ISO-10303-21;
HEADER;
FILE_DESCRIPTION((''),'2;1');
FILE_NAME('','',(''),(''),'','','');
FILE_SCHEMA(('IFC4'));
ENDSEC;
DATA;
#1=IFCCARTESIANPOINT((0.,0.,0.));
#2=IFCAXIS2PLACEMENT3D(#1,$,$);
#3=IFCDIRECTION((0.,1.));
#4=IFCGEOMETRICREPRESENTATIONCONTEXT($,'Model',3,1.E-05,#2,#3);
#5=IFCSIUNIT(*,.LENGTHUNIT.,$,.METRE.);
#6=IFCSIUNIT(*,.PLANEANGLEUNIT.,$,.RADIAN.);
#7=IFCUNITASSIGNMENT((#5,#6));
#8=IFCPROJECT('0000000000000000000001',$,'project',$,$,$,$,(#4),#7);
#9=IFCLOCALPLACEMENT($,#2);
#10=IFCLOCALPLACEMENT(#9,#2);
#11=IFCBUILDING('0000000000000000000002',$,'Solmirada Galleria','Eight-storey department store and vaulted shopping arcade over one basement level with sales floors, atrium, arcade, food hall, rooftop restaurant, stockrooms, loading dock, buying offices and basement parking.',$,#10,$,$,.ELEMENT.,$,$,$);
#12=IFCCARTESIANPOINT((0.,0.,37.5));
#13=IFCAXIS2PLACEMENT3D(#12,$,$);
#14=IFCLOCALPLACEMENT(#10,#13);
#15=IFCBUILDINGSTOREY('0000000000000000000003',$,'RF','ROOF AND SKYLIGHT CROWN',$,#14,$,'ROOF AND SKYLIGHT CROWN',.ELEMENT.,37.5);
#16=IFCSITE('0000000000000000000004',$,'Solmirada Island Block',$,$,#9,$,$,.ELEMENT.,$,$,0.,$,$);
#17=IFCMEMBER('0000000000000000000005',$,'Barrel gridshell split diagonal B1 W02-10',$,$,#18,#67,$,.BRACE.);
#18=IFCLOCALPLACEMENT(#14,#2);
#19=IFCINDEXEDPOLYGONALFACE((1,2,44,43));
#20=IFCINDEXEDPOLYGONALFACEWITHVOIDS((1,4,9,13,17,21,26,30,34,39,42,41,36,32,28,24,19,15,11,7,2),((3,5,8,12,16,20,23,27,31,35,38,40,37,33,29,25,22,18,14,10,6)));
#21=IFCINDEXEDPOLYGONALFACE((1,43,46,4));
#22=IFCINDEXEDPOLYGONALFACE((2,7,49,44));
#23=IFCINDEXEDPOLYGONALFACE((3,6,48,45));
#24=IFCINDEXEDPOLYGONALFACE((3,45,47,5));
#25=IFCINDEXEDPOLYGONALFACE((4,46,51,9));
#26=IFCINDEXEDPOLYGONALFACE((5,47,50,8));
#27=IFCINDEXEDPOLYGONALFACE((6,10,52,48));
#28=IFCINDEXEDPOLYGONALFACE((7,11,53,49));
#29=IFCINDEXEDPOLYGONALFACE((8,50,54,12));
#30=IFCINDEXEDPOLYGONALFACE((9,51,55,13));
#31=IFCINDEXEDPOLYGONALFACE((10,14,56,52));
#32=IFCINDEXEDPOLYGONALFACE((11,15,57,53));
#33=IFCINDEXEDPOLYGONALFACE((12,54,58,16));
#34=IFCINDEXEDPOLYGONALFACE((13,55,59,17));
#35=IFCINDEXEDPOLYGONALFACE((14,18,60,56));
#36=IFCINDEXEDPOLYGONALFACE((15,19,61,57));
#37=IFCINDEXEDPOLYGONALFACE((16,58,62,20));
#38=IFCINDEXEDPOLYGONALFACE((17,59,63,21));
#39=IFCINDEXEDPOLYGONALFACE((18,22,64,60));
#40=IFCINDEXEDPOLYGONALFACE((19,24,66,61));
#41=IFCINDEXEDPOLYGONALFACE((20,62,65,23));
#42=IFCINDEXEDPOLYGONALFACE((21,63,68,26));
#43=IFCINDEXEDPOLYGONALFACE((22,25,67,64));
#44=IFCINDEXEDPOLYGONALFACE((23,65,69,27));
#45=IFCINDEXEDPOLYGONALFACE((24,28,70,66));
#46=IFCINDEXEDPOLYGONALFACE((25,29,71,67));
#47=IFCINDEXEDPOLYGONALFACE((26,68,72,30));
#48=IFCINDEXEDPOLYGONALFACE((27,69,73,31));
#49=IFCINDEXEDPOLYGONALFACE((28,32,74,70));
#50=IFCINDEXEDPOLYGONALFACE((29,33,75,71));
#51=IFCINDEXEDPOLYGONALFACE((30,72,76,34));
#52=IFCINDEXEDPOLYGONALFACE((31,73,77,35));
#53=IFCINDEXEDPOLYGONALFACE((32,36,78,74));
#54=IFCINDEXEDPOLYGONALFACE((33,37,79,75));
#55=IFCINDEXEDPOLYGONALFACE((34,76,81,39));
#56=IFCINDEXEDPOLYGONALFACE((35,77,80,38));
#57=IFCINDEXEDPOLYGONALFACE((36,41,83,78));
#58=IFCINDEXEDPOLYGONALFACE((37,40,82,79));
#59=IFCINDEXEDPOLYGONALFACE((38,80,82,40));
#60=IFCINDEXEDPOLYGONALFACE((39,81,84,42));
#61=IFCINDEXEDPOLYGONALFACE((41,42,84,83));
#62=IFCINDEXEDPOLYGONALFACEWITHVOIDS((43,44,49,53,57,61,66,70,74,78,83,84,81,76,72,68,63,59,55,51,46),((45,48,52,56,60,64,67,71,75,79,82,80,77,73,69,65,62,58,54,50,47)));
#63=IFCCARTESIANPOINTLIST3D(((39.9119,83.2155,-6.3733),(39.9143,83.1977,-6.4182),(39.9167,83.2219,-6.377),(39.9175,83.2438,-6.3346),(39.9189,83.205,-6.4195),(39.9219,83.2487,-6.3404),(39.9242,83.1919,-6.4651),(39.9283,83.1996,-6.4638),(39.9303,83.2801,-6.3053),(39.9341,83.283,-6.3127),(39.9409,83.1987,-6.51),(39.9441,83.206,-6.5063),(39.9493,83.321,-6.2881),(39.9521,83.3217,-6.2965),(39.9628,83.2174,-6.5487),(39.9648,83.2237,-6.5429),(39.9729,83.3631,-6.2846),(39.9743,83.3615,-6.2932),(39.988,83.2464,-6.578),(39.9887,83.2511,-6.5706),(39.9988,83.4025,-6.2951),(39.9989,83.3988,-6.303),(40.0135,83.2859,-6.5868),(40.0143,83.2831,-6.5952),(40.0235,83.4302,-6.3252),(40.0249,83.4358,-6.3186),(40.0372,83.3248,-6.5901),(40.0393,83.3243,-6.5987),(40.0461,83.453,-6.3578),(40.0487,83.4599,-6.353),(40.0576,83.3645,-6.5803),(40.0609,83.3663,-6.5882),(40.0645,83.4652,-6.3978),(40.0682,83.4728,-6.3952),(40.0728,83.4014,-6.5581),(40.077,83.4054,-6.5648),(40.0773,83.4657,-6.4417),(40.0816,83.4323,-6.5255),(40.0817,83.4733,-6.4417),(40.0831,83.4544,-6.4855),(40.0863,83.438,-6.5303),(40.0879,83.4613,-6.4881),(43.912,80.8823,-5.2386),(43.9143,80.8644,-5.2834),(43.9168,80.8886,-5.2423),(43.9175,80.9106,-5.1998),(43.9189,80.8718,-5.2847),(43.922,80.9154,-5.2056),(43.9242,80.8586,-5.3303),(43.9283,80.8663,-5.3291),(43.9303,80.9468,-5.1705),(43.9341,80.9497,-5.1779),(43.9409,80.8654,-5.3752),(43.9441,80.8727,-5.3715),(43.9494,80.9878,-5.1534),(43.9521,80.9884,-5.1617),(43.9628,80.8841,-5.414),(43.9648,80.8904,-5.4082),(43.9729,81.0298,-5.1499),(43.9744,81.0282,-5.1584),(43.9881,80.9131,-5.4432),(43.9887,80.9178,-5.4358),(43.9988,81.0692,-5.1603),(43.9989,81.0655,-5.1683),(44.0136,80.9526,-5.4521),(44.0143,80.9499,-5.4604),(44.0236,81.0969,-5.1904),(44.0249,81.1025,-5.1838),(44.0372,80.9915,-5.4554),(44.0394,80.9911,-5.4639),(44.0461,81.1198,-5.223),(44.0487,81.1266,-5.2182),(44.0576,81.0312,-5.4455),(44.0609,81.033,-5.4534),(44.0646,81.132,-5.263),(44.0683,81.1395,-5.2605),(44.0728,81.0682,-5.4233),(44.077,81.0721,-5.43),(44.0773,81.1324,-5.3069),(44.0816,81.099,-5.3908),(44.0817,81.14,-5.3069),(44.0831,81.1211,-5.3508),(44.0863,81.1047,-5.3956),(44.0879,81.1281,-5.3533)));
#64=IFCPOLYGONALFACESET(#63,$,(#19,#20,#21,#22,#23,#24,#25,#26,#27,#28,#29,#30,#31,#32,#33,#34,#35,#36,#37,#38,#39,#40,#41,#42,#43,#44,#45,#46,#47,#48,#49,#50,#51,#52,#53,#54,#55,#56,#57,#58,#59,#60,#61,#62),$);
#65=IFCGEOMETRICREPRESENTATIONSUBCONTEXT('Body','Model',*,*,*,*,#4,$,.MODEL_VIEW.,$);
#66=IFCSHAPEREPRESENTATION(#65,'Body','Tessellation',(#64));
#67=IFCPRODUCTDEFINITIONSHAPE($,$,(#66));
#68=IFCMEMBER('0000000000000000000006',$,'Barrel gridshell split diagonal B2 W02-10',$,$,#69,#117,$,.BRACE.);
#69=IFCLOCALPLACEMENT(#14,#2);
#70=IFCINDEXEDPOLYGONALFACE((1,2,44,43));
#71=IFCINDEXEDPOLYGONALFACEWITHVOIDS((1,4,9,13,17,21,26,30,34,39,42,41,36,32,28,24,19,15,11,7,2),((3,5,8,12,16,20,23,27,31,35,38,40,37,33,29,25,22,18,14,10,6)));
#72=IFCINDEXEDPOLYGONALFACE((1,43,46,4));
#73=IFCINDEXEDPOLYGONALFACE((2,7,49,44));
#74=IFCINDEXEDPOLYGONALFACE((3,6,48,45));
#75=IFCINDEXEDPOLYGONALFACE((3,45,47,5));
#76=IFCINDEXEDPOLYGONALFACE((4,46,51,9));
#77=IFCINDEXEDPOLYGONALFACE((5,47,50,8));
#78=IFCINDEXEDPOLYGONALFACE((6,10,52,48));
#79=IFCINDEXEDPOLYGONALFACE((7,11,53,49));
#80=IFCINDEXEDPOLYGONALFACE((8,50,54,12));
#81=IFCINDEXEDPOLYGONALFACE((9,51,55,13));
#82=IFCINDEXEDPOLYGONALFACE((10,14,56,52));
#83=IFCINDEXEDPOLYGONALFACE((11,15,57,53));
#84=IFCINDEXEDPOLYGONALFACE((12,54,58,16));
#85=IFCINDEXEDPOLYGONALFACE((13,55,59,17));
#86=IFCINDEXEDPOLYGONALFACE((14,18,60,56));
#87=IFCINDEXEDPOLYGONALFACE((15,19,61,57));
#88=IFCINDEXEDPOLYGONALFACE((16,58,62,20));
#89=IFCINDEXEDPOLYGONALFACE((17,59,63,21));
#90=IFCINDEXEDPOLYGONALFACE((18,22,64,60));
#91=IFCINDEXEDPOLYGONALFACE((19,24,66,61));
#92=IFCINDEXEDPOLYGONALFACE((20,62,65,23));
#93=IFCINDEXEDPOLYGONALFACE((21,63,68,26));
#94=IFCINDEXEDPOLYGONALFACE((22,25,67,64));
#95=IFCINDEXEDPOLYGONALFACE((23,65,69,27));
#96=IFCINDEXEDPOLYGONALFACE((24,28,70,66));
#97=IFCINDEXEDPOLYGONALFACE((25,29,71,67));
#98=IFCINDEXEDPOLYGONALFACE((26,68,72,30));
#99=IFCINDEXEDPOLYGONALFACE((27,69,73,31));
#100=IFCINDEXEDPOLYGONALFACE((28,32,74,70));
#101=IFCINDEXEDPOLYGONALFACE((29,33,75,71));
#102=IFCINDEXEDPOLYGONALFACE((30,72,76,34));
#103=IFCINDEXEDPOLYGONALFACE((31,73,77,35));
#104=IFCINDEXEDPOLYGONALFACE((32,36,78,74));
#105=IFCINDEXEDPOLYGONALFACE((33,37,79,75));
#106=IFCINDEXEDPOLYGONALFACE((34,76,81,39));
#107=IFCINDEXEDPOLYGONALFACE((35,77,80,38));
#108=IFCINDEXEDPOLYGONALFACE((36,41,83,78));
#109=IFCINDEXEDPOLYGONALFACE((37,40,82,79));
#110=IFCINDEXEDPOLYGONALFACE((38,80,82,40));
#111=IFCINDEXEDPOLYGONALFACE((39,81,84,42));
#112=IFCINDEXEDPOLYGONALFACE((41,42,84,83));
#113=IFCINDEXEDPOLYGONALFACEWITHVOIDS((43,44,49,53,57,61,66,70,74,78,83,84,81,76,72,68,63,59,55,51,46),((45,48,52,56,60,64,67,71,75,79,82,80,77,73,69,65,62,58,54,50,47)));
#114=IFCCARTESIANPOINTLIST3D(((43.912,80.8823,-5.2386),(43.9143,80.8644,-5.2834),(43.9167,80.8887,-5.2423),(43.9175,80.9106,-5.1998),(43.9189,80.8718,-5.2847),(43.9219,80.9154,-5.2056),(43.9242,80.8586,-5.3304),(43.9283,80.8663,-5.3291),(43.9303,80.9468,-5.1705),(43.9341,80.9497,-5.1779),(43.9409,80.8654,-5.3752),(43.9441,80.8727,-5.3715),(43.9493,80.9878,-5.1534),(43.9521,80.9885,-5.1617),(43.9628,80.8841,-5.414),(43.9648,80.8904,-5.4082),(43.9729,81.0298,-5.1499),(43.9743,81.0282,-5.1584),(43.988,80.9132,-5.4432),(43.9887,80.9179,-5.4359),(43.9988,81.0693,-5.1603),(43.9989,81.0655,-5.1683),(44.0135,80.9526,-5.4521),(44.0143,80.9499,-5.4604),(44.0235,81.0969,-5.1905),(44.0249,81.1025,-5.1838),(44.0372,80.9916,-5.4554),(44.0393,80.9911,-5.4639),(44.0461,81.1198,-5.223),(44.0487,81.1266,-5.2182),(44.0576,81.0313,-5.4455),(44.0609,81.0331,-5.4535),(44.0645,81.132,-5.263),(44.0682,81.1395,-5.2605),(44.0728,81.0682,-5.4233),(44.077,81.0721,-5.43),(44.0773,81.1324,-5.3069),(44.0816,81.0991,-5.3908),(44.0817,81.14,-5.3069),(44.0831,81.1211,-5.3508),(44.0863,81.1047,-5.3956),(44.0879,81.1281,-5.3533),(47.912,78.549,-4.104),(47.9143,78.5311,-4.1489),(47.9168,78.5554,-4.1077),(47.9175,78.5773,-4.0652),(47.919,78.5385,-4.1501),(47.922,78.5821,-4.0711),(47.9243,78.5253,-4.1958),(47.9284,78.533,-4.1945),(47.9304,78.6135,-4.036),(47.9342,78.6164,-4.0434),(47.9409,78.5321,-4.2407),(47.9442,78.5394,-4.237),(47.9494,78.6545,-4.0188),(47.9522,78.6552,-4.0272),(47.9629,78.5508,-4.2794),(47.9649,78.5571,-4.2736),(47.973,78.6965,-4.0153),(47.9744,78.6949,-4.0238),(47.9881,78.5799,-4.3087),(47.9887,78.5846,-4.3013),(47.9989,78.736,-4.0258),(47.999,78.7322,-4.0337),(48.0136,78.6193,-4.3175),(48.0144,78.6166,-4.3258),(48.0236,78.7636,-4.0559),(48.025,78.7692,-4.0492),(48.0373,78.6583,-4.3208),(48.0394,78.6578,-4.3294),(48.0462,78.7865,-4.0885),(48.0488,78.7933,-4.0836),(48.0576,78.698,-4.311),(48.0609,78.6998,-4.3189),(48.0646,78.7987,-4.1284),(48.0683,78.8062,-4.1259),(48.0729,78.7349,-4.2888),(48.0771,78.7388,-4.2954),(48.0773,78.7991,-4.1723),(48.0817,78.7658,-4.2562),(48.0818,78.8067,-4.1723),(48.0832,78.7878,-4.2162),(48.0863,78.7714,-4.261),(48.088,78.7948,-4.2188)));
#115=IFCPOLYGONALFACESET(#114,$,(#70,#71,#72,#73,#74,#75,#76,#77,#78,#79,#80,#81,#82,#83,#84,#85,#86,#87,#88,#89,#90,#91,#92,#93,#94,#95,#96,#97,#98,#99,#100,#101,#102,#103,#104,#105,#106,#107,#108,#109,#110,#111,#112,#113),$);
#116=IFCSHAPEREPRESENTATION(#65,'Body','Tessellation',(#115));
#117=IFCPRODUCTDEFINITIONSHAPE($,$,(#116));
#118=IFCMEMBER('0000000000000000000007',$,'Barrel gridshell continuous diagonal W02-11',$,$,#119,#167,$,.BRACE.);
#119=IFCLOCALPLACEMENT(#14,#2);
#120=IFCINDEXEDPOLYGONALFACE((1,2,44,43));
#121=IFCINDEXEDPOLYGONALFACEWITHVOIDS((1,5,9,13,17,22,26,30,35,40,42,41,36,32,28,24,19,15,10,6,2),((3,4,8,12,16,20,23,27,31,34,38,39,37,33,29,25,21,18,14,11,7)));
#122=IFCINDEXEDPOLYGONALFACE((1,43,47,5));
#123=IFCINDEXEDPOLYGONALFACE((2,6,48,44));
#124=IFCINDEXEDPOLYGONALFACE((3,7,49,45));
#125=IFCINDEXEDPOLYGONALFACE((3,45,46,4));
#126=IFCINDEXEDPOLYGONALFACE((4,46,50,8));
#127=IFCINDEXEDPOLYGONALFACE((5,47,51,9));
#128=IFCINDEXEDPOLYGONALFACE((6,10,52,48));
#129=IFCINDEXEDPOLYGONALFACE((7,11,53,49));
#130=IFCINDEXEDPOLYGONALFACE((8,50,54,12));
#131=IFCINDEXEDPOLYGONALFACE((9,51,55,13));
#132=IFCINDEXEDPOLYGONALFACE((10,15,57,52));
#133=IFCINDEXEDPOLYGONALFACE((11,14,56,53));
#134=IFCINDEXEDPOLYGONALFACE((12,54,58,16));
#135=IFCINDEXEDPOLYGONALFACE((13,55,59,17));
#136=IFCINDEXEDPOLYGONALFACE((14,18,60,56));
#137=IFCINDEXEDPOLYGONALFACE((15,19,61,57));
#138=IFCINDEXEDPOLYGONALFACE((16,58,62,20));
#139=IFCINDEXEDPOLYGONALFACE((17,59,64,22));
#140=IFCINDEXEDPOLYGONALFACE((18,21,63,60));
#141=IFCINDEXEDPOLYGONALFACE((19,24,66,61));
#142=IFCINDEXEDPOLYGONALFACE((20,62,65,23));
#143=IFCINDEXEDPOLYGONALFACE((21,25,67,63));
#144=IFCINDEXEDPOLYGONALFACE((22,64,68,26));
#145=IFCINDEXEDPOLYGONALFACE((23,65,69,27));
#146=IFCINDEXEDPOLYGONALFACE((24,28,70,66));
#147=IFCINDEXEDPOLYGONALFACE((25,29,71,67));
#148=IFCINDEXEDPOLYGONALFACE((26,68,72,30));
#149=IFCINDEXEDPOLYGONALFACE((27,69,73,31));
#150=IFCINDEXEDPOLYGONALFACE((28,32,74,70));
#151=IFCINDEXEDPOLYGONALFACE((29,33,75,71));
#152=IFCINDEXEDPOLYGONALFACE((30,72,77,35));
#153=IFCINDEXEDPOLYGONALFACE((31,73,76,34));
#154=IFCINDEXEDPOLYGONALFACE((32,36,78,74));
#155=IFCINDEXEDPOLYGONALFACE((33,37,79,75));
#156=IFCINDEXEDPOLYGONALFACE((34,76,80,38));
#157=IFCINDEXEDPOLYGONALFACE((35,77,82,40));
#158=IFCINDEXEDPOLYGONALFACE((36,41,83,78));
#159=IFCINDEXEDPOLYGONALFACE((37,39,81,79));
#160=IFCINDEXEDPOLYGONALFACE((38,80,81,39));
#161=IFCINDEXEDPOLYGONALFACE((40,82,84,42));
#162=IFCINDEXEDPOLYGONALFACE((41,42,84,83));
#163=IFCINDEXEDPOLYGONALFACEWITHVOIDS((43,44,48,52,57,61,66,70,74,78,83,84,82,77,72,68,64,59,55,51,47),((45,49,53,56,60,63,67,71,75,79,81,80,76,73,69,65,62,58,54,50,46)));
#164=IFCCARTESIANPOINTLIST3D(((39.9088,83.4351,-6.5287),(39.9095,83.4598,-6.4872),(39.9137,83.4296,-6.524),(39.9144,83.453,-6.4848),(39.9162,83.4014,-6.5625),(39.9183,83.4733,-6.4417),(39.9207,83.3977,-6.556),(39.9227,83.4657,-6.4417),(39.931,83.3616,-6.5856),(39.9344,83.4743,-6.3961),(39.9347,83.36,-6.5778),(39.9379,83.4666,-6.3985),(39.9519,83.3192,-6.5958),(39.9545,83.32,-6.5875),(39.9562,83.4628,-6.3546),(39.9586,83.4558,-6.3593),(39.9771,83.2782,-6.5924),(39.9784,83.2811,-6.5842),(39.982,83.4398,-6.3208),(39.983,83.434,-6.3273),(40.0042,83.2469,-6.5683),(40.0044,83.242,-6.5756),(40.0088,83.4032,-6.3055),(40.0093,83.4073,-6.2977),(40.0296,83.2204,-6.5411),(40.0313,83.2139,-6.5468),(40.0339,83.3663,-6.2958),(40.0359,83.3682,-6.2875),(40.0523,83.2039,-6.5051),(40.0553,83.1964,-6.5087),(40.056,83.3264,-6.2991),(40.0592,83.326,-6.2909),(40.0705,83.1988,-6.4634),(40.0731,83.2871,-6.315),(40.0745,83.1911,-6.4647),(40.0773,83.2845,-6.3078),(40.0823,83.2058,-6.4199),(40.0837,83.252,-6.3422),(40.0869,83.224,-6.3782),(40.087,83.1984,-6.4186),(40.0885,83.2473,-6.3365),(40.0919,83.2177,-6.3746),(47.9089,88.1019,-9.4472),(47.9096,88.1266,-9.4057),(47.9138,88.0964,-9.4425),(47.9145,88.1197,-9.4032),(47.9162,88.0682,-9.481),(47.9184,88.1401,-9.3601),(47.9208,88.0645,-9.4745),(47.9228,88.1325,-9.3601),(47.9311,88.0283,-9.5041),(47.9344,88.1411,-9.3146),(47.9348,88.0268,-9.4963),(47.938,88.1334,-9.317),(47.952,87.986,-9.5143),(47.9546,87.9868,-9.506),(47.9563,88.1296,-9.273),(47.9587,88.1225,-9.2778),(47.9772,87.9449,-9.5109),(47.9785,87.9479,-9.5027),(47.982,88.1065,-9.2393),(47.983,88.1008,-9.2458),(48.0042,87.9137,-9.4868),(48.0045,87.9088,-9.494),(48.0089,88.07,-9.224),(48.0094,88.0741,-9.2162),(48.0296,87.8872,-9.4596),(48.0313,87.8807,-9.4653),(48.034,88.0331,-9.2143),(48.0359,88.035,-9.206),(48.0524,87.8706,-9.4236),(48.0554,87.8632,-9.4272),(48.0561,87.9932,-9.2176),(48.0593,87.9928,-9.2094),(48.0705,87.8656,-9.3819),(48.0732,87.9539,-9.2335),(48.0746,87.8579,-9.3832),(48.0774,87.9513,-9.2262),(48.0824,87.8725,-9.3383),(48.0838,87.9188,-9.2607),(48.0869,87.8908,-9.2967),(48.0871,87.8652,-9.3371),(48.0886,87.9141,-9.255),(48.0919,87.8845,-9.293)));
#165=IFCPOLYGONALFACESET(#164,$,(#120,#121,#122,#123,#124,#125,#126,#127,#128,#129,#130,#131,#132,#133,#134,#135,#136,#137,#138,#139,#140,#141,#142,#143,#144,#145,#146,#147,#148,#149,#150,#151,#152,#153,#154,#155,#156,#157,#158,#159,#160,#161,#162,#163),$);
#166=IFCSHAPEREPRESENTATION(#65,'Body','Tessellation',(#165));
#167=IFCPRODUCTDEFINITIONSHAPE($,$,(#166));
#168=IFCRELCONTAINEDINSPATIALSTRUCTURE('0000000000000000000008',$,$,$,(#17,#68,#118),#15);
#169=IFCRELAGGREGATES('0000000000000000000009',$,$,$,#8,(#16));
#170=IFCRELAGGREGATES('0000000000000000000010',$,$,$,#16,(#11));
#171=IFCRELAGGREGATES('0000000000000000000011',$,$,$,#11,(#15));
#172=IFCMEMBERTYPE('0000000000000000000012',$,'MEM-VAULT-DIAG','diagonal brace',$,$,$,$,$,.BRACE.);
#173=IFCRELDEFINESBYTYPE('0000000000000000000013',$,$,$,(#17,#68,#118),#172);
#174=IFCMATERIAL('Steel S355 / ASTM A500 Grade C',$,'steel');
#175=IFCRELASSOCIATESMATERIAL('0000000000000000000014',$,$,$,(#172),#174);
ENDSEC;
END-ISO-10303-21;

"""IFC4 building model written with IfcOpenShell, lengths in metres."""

from ifc_helpers import new_model, si_unit, direction, frame, origin, origin_2d, place, context, subcontext, project, spatial, hollow_circle, extrude, material, material_profile, profile_set, type_object, element, save


model = new_model("IFC4")

# Units and contexts
model_context = context("Model", 3, precision=1e-05, world=origin(), true_north=direction((0.0, 1.0)))
body_context = subcontext(model_context, "Body", "Model", "MODEL_VIEW")
ifc_project = project(units=[si_unit("LENGTHUNIT", "METRE"), si_unit("PLANEANGLEUNIT", "RADIAN")], contexts=[model_context])

# Site, building, storey
site_placement = place(None, origin())
site = spatial("IfcSite", under=ifc_project, at=site_placement, Name="Solmirada Island Block", CompositionType="ELEMENT", RefElevation=0.0)
building_placement = place(site_placement, origin())
building = spatial("IfcBuilding", under=site, at=building_placement, Name="Solmirada Galleria", Description="Eight-storey department store and vaulted shopping arcade over one basement level with sales floors, atrium, arcade, food hall, rooftop restaurant, stockrooms, loading dock, buying offices and basement parking.", CompositionType="ELEMENT")
storey_placement = place(building_placement, frame((0.0, 0.0, 37.5)))
storey = spatial("IfcBuildingStorey", under=building, at=storey_placement, Name="RF", Description="ROOF AND SKYLIGHT CROWN", LongName="ROOF AND SKYLIGHT CROWN", CompositionType="ELEMENT", Elevation=37.5)

# Members
ifc_material_1 = material(Name="Steel S355 / ASTM A500 Grade C", Category="steel")
ifc_material_profile_1 = material_profile(ifc_material_1, hollow_circle(Radius=0.1621, WallThickness=0.0088, at=origin_2d()), Name="HSS12.750X0.375")
ifc_profile_set_1 = profile_set([ifc_material_profile_1], Name="Steel S355 / ASTM A500 Grade C")
member_type_1 = type_object("IfcMemberType", Name="MEM-VAULT-DIAG", Description="diagonal brace", PredefinedType="BRACE", material=ifc_profile_set_1)
for number, where, z_axis, x_axis, name in (
    (1, (40.0, 83.3333, -6.4417), (0.838964, -0.489379, 0.238007), (0.503858, 0.863787, 0.0), "Barrel gridshell split diagonal B1 W02-10"),
    (2, (44.0, 81.0, -5.3069), (0.838975, -0.489385, 0.237959), (0.503858, 0.863787, 0.0), "Barrel gridshell split diagonal B2 W02-10"),
):
    element("IfcMember", number, at=place(storey_placement, frame(where, z_axis=z_axis, x_axis=x_axis)), inside=storey, type_object=member_type_1, Name=name, PredefinedType="BRACE", context=body_context, shape_type="SweptSolid", body=[
        extrude(hollow_circle(Radius=0.1621, WallThickness=0.0088, at=origin_2d()), origin(), (0.0, 0.0, 1.0), 4.7678),
    ])
member_1_placement = place(storey_placement, frame((40.0, 83.3333, -6.4417), z_axis=(0.823841, 0.480582, -0.300543), x_axis=(-0.503878, 0.863775, 0.0)))
element("IfcMember", 3, at=member_1_placement, inside=storey, type_object=member_type_1, Name="Barrel gridshell continuous diagonal W02-11", PredefinedType="BRACE", context=body_context, shape_type="SweptSolid", body=[
    extrude(hollow_circle(Radius=0.1621, WallThickness=0.0088, at=origin_2d()), origin(), (0.0, 0.0, 1.0), 9.7107),
])

save(model, "model.ifc")
